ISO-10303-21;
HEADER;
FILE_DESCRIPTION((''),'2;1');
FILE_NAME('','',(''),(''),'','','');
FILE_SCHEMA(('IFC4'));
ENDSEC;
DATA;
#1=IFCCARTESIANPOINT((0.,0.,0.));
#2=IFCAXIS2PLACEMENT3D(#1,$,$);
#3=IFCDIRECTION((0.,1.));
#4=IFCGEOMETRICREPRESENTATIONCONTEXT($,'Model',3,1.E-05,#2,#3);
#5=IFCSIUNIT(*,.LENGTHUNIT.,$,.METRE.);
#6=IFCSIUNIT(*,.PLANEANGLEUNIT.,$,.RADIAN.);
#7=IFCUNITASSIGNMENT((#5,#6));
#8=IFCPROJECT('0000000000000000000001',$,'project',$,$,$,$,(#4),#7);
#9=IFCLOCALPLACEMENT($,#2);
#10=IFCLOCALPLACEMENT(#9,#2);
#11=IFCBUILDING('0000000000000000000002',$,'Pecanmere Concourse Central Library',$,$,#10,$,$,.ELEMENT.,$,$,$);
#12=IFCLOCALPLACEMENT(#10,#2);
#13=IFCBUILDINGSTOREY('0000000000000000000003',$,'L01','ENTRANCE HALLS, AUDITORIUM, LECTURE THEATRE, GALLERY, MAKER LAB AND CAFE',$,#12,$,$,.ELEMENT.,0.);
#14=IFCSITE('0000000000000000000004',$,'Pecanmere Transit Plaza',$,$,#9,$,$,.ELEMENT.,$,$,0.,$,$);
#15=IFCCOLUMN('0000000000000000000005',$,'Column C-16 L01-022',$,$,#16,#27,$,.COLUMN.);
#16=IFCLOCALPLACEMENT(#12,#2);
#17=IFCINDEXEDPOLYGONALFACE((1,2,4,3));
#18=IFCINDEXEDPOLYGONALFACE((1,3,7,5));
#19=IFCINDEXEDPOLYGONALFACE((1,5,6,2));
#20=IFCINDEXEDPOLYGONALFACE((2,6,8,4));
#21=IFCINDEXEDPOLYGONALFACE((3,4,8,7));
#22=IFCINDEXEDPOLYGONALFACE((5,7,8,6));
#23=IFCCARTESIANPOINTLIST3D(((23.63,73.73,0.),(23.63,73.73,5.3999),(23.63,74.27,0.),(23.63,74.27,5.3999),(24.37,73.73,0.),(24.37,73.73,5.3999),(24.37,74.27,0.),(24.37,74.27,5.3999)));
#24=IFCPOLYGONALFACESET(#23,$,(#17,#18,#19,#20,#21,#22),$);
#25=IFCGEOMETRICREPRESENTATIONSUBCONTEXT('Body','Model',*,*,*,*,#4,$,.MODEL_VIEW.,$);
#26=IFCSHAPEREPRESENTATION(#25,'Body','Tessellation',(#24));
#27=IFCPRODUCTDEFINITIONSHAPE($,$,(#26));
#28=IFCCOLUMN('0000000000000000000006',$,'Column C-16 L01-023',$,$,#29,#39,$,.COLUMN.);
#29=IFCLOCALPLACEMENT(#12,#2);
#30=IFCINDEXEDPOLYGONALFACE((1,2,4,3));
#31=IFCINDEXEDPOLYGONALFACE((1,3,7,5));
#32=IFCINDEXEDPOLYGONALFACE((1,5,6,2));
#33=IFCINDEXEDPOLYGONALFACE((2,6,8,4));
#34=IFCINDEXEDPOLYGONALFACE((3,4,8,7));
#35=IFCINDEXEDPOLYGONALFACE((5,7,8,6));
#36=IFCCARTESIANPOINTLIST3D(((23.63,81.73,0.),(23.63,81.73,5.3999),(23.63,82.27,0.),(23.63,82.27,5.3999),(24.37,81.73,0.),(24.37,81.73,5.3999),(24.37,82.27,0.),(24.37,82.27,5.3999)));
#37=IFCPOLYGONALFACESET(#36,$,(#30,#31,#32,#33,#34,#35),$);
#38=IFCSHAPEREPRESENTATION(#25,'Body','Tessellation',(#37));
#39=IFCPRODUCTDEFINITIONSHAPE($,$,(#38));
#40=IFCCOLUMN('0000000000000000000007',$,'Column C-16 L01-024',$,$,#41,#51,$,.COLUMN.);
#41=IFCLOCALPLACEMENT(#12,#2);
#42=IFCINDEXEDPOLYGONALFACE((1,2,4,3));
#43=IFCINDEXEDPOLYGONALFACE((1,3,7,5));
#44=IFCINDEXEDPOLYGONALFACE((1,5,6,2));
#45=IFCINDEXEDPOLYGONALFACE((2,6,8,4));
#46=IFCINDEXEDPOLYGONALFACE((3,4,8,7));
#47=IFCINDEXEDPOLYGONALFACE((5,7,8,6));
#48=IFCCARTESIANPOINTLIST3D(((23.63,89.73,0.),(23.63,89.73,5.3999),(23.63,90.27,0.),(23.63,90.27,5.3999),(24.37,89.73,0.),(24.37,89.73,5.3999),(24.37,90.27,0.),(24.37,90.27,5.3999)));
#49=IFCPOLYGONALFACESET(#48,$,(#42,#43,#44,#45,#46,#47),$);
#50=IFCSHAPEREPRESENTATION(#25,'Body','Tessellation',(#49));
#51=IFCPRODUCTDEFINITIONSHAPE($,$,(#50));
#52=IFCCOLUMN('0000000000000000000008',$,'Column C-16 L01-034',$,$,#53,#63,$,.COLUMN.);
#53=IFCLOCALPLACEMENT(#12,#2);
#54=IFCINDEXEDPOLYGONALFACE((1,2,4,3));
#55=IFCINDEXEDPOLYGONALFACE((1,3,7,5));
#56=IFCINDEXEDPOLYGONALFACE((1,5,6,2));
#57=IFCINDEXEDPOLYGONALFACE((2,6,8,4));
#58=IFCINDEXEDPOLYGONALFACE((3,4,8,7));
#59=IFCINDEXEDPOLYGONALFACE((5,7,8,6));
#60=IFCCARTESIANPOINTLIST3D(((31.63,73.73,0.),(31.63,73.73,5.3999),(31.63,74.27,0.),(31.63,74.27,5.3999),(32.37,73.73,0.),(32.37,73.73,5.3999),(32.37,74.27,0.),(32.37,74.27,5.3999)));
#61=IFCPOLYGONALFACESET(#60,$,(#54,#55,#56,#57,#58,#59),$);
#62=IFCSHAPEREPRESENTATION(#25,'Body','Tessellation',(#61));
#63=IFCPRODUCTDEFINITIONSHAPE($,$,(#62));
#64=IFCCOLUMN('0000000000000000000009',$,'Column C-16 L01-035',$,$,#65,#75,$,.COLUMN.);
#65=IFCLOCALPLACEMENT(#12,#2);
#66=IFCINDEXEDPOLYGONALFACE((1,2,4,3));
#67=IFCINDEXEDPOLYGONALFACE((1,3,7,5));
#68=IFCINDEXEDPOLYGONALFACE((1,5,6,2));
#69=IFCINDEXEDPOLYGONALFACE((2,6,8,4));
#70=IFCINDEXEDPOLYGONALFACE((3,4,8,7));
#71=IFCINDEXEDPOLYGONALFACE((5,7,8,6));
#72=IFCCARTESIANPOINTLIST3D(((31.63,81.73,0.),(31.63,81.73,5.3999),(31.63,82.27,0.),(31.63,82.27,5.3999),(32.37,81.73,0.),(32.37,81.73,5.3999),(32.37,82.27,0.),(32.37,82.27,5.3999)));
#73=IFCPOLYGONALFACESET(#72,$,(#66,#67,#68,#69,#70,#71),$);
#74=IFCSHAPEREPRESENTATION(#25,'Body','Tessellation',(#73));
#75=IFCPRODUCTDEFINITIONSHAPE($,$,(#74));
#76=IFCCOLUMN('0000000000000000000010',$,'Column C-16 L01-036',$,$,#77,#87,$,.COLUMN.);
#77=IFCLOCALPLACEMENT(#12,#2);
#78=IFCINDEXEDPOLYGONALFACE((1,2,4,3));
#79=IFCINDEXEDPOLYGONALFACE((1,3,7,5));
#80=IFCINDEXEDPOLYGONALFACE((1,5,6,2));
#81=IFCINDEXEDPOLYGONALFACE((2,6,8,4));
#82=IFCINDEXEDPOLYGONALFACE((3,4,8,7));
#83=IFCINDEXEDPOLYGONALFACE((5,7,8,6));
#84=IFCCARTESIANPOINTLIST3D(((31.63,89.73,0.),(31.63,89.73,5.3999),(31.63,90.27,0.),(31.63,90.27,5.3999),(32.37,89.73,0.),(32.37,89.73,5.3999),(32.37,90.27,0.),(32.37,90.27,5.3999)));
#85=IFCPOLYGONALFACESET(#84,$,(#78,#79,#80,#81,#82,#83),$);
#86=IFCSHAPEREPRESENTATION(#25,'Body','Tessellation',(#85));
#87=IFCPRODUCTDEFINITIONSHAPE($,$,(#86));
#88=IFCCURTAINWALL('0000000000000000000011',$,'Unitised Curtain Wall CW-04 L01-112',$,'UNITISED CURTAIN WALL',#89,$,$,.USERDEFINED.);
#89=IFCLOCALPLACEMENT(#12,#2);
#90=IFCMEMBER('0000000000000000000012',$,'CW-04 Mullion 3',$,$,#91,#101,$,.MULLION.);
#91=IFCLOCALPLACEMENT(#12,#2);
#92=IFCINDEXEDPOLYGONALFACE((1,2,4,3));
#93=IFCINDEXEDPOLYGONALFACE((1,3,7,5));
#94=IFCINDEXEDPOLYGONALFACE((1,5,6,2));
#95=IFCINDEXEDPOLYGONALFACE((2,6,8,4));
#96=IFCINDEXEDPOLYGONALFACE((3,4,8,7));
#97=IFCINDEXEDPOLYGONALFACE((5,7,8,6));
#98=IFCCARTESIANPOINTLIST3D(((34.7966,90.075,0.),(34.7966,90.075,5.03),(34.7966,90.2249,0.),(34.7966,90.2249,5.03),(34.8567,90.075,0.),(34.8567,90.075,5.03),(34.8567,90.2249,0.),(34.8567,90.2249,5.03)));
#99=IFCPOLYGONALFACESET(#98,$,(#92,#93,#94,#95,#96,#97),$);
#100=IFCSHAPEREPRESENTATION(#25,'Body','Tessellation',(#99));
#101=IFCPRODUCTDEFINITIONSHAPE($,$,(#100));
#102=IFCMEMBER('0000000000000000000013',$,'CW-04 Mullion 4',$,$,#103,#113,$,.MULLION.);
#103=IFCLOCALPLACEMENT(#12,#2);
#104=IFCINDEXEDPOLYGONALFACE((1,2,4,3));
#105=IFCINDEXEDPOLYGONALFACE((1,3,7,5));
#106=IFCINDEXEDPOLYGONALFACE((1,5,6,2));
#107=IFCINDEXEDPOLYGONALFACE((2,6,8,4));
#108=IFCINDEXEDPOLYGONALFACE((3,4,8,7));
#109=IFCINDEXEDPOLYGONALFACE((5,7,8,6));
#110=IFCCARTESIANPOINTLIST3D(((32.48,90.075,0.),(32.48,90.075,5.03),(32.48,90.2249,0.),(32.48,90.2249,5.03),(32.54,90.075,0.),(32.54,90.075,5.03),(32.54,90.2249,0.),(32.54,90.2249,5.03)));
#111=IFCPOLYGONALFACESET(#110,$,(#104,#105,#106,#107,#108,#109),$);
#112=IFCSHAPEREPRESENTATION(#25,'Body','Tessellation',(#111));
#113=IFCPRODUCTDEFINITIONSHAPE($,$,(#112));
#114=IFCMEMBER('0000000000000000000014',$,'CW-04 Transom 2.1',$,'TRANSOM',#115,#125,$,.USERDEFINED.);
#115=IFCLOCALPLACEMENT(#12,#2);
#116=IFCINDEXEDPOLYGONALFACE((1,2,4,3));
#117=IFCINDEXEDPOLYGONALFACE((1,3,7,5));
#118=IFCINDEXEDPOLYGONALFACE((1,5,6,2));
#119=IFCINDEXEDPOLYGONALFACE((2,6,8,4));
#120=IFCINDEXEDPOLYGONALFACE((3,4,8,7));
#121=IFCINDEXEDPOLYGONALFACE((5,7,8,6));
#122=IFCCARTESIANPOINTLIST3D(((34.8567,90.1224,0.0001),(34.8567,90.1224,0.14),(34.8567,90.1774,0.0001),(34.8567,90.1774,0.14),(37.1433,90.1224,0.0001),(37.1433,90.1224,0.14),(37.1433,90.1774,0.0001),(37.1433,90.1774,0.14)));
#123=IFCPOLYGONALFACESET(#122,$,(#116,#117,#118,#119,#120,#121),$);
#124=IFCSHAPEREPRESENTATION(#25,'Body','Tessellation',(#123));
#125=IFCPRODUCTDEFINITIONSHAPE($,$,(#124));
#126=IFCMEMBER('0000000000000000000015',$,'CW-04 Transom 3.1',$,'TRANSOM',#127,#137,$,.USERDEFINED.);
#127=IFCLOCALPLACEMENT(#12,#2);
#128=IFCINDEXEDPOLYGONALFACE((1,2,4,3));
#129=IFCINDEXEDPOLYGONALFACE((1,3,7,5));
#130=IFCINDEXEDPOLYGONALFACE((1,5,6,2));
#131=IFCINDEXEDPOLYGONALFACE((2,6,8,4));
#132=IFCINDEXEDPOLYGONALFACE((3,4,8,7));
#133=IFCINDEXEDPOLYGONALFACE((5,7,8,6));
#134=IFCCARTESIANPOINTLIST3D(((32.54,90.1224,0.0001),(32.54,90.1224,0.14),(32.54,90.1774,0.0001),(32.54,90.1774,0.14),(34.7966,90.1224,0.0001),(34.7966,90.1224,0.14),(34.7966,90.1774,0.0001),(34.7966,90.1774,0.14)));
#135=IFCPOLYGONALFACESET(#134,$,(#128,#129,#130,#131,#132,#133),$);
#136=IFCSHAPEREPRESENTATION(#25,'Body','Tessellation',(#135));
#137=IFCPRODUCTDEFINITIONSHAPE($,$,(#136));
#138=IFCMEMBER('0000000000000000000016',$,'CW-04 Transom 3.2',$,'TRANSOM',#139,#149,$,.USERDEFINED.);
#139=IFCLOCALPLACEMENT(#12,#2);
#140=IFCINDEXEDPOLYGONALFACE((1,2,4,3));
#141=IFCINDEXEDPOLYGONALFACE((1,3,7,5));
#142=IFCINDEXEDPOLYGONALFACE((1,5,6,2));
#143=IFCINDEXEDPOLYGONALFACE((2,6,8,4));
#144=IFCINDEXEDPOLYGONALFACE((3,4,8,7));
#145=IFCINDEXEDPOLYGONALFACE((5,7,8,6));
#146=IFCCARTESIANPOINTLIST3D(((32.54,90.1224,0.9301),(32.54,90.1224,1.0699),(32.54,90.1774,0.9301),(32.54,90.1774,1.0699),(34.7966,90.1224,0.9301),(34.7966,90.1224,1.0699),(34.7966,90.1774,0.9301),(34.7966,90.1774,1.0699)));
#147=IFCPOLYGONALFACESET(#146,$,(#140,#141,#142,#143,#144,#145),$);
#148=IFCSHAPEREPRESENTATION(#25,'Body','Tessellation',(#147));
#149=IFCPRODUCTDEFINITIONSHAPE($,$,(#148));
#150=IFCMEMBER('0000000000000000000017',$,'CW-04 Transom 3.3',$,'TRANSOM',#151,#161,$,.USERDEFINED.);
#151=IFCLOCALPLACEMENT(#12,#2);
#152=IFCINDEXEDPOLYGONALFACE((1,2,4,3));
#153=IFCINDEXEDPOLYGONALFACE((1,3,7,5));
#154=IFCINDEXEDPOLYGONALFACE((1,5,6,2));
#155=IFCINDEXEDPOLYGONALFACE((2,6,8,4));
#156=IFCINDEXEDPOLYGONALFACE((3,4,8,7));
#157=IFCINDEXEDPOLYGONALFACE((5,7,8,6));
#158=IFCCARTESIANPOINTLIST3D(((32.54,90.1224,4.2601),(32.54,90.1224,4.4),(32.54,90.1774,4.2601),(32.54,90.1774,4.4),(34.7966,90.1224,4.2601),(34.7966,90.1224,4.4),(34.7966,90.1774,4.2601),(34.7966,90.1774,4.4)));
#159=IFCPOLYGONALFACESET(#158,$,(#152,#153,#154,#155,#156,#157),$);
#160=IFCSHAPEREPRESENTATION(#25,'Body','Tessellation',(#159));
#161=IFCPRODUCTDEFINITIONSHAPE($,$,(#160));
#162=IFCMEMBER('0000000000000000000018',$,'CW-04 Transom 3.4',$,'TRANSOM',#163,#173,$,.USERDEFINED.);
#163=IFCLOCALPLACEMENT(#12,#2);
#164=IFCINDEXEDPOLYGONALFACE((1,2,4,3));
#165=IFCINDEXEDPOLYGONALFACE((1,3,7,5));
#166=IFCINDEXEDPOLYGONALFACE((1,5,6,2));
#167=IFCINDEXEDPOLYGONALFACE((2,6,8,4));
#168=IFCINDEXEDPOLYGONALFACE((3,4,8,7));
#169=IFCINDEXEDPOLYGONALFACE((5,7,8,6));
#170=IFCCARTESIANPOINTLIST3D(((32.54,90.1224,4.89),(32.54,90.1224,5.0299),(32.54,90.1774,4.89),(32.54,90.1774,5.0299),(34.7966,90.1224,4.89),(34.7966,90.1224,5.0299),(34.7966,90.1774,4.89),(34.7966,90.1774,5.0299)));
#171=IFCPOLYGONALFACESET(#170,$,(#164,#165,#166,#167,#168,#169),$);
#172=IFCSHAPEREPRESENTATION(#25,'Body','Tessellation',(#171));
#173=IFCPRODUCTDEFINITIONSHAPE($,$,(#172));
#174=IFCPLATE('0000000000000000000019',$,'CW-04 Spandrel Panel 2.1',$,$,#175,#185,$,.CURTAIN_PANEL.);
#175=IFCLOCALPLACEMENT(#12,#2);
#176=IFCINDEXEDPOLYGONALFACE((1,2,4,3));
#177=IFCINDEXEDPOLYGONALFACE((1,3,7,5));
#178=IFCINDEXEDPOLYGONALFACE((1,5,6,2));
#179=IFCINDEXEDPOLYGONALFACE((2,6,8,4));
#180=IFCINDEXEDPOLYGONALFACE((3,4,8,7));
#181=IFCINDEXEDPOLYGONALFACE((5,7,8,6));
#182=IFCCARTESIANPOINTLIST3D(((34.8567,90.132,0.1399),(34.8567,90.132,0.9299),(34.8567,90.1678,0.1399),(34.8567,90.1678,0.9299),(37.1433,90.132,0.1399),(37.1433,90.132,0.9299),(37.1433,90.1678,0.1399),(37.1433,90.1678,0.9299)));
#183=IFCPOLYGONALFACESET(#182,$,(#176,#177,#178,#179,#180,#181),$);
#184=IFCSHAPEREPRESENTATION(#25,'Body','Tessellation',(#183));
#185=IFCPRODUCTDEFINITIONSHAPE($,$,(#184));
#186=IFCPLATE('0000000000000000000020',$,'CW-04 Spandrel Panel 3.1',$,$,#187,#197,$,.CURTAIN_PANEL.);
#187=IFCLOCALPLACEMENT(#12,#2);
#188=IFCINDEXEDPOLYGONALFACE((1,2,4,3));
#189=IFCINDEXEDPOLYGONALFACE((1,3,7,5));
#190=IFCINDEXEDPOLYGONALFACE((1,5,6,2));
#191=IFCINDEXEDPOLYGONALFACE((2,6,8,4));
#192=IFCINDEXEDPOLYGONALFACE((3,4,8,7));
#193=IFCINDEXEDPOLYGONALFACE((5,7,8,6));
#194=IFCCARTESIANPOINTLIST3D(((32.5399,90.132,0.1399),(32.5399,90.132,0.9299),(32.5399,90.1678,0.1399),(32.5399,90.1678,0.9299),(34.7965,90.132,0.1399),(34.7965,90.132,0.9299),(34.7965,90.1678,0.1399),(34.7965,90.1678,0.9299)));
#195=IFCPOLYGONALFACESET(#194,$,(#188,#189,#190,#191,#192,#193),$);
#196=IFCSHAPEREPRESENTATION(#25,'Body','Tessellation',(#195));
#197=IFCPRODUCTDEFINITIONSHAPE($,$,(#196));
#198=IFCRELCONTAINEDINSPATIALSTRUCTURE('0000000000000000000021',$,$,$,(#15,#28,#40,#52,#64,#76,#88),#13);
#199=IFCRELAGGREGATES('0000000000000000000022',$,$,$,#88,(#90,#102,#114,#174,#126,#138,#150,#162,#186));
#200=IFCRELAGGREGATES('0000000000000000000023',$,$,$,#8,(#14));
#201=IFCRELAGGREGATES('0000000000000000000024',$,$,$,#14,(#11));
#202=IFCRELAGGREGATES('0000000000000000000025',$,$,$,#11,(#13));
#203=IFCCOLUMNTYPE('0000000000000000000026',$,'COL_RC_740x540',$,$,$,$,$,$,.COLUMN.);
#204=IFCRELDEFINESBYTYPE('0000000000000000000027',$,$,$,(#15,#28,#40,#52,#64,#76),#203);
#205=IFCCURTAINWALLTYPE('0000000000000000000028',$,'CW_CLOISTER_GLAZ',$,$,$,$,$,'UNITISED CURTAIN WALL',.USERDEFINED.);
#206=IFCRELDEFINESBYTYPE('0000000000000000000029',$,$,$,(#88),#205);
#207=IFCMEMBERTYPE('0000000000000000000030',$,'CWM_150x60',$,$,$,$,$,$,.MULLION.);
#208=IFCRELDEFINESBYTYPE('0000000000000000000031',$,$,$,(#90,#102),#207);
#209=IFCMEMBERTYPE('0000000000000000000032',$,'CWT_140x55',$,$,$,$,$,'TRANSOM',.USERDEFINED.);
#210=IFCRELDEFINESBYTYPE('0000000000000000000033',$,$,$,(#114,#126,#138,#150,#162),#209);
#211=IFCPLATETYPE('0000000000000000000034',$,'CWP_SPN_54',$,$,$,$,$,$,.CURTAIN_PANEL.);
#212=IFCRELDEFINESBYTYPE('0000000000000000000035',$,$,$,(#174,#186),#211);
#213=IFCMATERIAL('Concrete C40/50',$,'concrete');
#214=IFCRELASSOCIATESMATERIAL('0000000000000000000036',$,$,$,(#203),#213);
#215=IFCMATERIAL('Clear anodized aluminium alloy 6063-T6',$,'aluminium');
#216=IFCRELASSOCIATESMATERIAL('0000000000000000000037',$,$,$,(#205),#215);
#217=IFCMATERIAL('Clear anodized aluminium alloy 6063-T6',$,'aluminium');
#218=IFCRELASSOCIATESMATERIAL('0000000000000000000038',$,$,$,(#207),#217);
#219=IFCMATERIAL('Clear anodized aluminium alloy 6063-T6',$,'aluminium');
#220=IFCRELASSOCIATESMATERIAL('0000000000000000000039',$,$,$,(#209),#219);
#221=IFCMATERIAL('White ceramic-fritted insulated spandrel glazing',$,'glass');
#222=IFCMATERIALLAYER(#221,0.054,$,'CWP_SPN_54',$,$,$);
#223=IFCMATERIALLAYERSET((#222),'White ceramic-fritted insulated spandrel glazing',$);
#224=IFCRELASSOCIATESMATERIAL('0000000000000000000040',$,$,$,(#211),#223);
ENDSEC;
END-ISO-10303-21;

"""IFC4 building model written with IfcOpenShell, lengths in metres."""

from ifc_helpers import new_model, si_unit, direction, frame, origin, origin_2d, place, context, subcontext, project, spatial, rectangle, extrude, material, layer, layer_set, material_profile, profile_set, type_object, element, aggregate, save


model = new_model("IFC4")

# Units and contexts
model_context = context("Model", 3, precision=1e-05, world=origin(), true_north=direction((0.0, 1.0)))
body_context = subcontext(model_context, "Body", "Model", "MODEL_VIEW")
ifc_project = project(units=[si_unit("LENGTHUNIT", "METRE"), si_unit("PLANEANGLEUNIT", "RADIAN")], contexts=[model_context])

# Site, building, storey
site_placement = place(None, origin())
site = spatial("IfcSite", under=ifc_project, at=site_placement, Name="Pecanmere Transit Plaza", CompositionType="ELEMENT", RefElevation=0.0)
building_placement = place(site_placement, origin())
building = spatial("IfcBuilding", under=site, at=building_placement, Name="Pecanmere Concourse Central Library", CompositionType="ELEMENT")
storey_placement = place(building_placement, origin())
storey = spatial("IfcBuildingStorey", under=building, at=storey_placement, Name="L01", Description="ENTRANCE HALLS, AUDITORIUM, LECTURE THEATRE, GALLERY, MAKER LAB AND CAFE", CompositionType="ELEMENT", Elevation=0.0)

# Columns
ifc_material_1 = material(Name="Concrete C40/50", Category="concrete")
ifc_material_profile_1 = material_profile(ifc_material_1, rectangle(XDim=0.74, YDim=0.54, at=origin_2d()), Name="RC 740x540")
ifc_profile_set_1 = profile_set([ifc_material_profile_1], Name="Concrete C40/50")
column_type = type_object("IfcColumnType", Name="COL_RC_740x540", PredefinedType="COLUMN", material=ifc_profile_set_1)
for number, where, z_axis, x_axis, name in (
    (1, (24.0, 74.0, 0.0), (0.0, 0.0, 1.0), (1.0, 0.0, 0.0), "Column C-16 L01-022"),
    (2, (24.0, 82.0, 0.0), (0.0, 0.0, 1.0), (1.0, 0.0, 0.0), "Column C-16 L01-023"),
    (3, (24.0, 90.0, 0.0), (0.0, 0.0, 1.0), (1.0, 0.0, 0.0), "Column C-16 L01-024"),
    (4, (32.0, 74.0, 0.0), (0.0, 0.0, 1.0), (1.0, 0.0, 0.0), "Column C-16 L01-034"),
    (5, (32.0, 82.0, 0.0), (0.0, 0.0, 1.0), (1.0, 0.0, 0.0), "Column C-16 L01-035"),
    (6, (32.0, 90.0, 0.0), (0.0, 0.0, 1.0), (1.0, 0.0, 0.0), "Column C-16 L01-036"),
):
    element("IfcColumn", number, at=place(storey_placement, frame(where, z_axis=z_axis, x_axis=x_axis)), inside=storey, type_object=column_type, Name=name, PredefinedType="COLUMN", context=body_context, shape_type="SweptSolid", body=[
        extrude(rectangle(XDim=0.74, YDim=0.54, at=origin_2d()), origin(), (0.0, 0.0, 1.0), 5.3999),
    ])

# Curtain wall, members, plates
ifc_material_2 = material(Name="Clear anodized aluminium alloy 6063-T6", Category="aluminium")
curtain_wall_type = type_object("IfcCurtainWallType", Name="CW_CLOISTER_GLAZ", ElementType="UNITISED CURTAIN WALL", PredefinedType="USERDEFINED", material=ifc_material_2)
curtain_wall_placement = place(storey_placement, origin())
curtain_wall = element("IfcCurtainWall", 7, at=curtain_wall_placement, inside=storey, type_object=curtain_wall_type, Name="Unitised Curtain Wall CW-04 L01-112", ObjectType="UNITISED CURTAIN WALL", PredefinedType="USERDEFINED")
ifc_material_3 = material(Name="Clear anodized aluminium alloy 6063-T6", Category="aluminium")
ifc_material_profile_2 = material_profile(ifc_material_3, rectangle(XDim=0.0601, YDim=0.1499, at=origin_2d()), Name="AL 60x150")
ifc_profile_set_2 = profile_set([ifc_material_profile_2], Name="Clear anodized aluminium alloy 6063-T6")
member_type_1 = type_object("IfcMemberType", Name="CWM_150x60", PredefinedType="MULLION", material=ifc_profile_set_2)
member_1_placement = place(storey_placement, frame((34.8267, 90.1499, 0.0), z_axis=(0.0, 0.0, 1.0), x_axis=(-1.0, 0.0, 0.0)))
member_1 = element("IfcMember", 8, at=member_1_placement, type_object=member_type_1, Name="CW-04 Mullion 3", PredefinedType="MULLION", context=body_context, shape_type="SweptSolid", body=[
    extrude(rectangle(XDim=0.0601, YDim=0.1499, at=origin_2d()), origin(), (0.0, 0.0, 1.0), 5.03),
])
member_2_placement = place(storey_placement, frame((32.51, 90.1499, 0.0), z_axis=(0.0, 0.0, 1.0), x_axis=(-1.0, 0.0, 0.0)))
member_2 = element("IfcMember", 9, at=member_2_placement, type_object=member_type_1, Name="CW-04 Mullion 4", PredefinedType="MULLION", context=body_context, shape_type="SweptSolid", body=[
    extrude(rectangle(XDim=0.0601, YDim=0.1499, at=origin_2d()), origin(), (0.0, 0.0, 1.0), 5.03),
])
ifc_material_4 = material(Name="Clear anodized aluminium alloy 6063-T6", Category="aluminium")
ifc_material_profile_3 = material_profile(ifc_material_4, rectangle(XDim=0.0549, YDim=0.1399, at=origin_2d()), Name="AL 55x140")
ifc_profile_set_3 = profile_set([ifc_material_profile_3], Name="Clear anodized aluminium alloy 6063-T6")
member_type_2 = type_object("IfcMemberType", Name="CWT_140x55", ElementType="TRANSOM", PredefinedType="USERDEFINED", material=ifc_profile_set_3)
member_3_placement = place(storey_placement, frame((37.1433, 90.1499, 0.0701), z_axis=(-1.0, 0.0, 0.0), x_axis=(0.0, -1.0, 0.0)))
member_3 = element("IfcMember", 10, at=member_3_placement, type_object=member_type_2, Name="CW-04 Transom 2.1", ObjectType="TRANSOM", PredefinedType="USERDEFINED", context=body_context, shape_type="SweptSolid", body=[
    extrude(rectangle(XDim=0.0549, YDim=0.1399, at=origin_2d()), origin(), (0.0, 0.0, 1.0), 2.2866),
])
member_4_placement = place(storey_placement, frame((34.7966, 90.1499, 0.0701), z_axis=(-1.0, 0.0, 0.0), x_axis=(0.0, -1.0, 0.0)))
member_4 = element("IfcMember", 11, at=member_4_placement, type_object=member_type_2, Name="CW-04 Transom 3.1", ObjectType="TRANSOM", PredefinedType="USERDEFINED", context=body_context, shape_type="SweptSolid", body=[
    extrude(rectangle(XDim=0.0549, YDim=0.1399, at=origin_2d()), origin(), (0.0, 0.0, 1.0), 2.2566),
])
member_5_placement = place(storey_placement, frame((34.7966, 90.1499, 1.0), z_axis=(-1.0, 0.0, 0.0), x_axis=(0.0, -1.0, 0.0)))
member_5 = element("IfcMember", 12, at=member_5_placement, type_object=member_type_2, Name="CW-04 Transom 3.2", ObjectType="TRANSOM", PredefinedType="USERDEFINED", context=body_context, shape_type="SweptSolid", body=[
    extrude(rectangle(XDim=0.0549, YDim=0.1399, at=origin_2d()), origin(), (0.0, 0.0, 1.0), 2.2566),
])
member_6_placement = place(storey_placement, frame((34.7966, 90.1499, 4.3301), z_axis=(-1.0, 0.0, 0.0), x_axis=(0.0, -1.0, 0.0)))
member_6 = element("IfcMember", 13, at=member_6_placement, type_object=member_type_2, Name="CW-04 Transom 3.3", ObjectType="TRANSOM", PredefinedType="USERDEFINED", context=body_context, shape_type="SweptSolid", body=[
    extrude(rectangle(XDim=0.0549, YDim=0.1399, at=origin_2d()), origin(), (0.0, 0.0, 1.0), 2.2566),
])
member_7_placement = place(storey_placement, frame((34.7966, 90.1499, 4.96), z_axis=(-1.0, 0.0, 0.0), x_axis=(0.0, -1.0, 0.0)))
member_7 = element("IfcMember", 14, at=member_7_placement, type_object=member_type_2, Name="CW-04 Transom 3.4", ObjectType="TRANSOM", PredefinedType="USERDEFINED", context=body_context, shape_type="SweptSolid", body=[
    extrude(rectangle(XDim=0.0549, YDim=0.1399, at=origin_2d()), origin(), (0.0, 0.0, 1.0), 2.2566),
])
ifc_material_5 = material(Name="White ceramic-fritted insulated spandrel glazing", Category="glass")
ifc_layer_1 = layer(ifc_material_5, 0.054, Name="CWP_SPN_54")
ifc_layer_set_1 = layer_set([ifc_layer_1], Name="White ceramic-fritted insulated spandrel glazing")
plate_type_1 = type_object("IfcPlateType", Name="CWP_SPN_54", PredefinedType="CURTAIN_PANEL", material=ifc_layer_set_1)
plate_1_placement = place(storey_placement, frame((36.0, 90.1499, 0.1399), z_axis=(0.0, 0.0, 1.0), x_axis=(-1.0, 0.0, 0.0)))
plate_1 = element("IfcPlate", 15, at=plate_1_placement, type_object=plate_type_1, Name="CW-04 Spandrel Panel 2.1", PredefinedType="CURTAIN_PANEL", context=body_context, shape_type="SweptSolid", body=[
    extrude(rectangle(XDim=2.2866, YDim=0.0359, at=origin_2d()), origin(), (0.0, 0.0, 1.0), 0.79),
])
plate_2_placement = place(storey_placement, frame((33.6682, 90.1499, 0.1399), z_axis=(0.0, 0.0, 1.0), x_axis=(-1.0, 0.0, 0.0)))
plate_2 = element("IfcPlate", 16, at=plate_2_placement, type_object=plate_type_1, Name="CW-04 Spandrel Panel 3.1", PredefinedType="CURTAIN_PANEL", context=body_context, shape_type="SweptSolid", body=[
    extrude(rectangle(XDim=2.2566, YDim=0.0359, at=origin_2d()), origin(), (0.0, 0.0, 1.0), 0.79),
])
aggregate(curtain_wall, [member_1, member_2, member_3, plate_1, member_4, member_5, member_6, member_7, plate_2])

save(model, "model.ifc")
